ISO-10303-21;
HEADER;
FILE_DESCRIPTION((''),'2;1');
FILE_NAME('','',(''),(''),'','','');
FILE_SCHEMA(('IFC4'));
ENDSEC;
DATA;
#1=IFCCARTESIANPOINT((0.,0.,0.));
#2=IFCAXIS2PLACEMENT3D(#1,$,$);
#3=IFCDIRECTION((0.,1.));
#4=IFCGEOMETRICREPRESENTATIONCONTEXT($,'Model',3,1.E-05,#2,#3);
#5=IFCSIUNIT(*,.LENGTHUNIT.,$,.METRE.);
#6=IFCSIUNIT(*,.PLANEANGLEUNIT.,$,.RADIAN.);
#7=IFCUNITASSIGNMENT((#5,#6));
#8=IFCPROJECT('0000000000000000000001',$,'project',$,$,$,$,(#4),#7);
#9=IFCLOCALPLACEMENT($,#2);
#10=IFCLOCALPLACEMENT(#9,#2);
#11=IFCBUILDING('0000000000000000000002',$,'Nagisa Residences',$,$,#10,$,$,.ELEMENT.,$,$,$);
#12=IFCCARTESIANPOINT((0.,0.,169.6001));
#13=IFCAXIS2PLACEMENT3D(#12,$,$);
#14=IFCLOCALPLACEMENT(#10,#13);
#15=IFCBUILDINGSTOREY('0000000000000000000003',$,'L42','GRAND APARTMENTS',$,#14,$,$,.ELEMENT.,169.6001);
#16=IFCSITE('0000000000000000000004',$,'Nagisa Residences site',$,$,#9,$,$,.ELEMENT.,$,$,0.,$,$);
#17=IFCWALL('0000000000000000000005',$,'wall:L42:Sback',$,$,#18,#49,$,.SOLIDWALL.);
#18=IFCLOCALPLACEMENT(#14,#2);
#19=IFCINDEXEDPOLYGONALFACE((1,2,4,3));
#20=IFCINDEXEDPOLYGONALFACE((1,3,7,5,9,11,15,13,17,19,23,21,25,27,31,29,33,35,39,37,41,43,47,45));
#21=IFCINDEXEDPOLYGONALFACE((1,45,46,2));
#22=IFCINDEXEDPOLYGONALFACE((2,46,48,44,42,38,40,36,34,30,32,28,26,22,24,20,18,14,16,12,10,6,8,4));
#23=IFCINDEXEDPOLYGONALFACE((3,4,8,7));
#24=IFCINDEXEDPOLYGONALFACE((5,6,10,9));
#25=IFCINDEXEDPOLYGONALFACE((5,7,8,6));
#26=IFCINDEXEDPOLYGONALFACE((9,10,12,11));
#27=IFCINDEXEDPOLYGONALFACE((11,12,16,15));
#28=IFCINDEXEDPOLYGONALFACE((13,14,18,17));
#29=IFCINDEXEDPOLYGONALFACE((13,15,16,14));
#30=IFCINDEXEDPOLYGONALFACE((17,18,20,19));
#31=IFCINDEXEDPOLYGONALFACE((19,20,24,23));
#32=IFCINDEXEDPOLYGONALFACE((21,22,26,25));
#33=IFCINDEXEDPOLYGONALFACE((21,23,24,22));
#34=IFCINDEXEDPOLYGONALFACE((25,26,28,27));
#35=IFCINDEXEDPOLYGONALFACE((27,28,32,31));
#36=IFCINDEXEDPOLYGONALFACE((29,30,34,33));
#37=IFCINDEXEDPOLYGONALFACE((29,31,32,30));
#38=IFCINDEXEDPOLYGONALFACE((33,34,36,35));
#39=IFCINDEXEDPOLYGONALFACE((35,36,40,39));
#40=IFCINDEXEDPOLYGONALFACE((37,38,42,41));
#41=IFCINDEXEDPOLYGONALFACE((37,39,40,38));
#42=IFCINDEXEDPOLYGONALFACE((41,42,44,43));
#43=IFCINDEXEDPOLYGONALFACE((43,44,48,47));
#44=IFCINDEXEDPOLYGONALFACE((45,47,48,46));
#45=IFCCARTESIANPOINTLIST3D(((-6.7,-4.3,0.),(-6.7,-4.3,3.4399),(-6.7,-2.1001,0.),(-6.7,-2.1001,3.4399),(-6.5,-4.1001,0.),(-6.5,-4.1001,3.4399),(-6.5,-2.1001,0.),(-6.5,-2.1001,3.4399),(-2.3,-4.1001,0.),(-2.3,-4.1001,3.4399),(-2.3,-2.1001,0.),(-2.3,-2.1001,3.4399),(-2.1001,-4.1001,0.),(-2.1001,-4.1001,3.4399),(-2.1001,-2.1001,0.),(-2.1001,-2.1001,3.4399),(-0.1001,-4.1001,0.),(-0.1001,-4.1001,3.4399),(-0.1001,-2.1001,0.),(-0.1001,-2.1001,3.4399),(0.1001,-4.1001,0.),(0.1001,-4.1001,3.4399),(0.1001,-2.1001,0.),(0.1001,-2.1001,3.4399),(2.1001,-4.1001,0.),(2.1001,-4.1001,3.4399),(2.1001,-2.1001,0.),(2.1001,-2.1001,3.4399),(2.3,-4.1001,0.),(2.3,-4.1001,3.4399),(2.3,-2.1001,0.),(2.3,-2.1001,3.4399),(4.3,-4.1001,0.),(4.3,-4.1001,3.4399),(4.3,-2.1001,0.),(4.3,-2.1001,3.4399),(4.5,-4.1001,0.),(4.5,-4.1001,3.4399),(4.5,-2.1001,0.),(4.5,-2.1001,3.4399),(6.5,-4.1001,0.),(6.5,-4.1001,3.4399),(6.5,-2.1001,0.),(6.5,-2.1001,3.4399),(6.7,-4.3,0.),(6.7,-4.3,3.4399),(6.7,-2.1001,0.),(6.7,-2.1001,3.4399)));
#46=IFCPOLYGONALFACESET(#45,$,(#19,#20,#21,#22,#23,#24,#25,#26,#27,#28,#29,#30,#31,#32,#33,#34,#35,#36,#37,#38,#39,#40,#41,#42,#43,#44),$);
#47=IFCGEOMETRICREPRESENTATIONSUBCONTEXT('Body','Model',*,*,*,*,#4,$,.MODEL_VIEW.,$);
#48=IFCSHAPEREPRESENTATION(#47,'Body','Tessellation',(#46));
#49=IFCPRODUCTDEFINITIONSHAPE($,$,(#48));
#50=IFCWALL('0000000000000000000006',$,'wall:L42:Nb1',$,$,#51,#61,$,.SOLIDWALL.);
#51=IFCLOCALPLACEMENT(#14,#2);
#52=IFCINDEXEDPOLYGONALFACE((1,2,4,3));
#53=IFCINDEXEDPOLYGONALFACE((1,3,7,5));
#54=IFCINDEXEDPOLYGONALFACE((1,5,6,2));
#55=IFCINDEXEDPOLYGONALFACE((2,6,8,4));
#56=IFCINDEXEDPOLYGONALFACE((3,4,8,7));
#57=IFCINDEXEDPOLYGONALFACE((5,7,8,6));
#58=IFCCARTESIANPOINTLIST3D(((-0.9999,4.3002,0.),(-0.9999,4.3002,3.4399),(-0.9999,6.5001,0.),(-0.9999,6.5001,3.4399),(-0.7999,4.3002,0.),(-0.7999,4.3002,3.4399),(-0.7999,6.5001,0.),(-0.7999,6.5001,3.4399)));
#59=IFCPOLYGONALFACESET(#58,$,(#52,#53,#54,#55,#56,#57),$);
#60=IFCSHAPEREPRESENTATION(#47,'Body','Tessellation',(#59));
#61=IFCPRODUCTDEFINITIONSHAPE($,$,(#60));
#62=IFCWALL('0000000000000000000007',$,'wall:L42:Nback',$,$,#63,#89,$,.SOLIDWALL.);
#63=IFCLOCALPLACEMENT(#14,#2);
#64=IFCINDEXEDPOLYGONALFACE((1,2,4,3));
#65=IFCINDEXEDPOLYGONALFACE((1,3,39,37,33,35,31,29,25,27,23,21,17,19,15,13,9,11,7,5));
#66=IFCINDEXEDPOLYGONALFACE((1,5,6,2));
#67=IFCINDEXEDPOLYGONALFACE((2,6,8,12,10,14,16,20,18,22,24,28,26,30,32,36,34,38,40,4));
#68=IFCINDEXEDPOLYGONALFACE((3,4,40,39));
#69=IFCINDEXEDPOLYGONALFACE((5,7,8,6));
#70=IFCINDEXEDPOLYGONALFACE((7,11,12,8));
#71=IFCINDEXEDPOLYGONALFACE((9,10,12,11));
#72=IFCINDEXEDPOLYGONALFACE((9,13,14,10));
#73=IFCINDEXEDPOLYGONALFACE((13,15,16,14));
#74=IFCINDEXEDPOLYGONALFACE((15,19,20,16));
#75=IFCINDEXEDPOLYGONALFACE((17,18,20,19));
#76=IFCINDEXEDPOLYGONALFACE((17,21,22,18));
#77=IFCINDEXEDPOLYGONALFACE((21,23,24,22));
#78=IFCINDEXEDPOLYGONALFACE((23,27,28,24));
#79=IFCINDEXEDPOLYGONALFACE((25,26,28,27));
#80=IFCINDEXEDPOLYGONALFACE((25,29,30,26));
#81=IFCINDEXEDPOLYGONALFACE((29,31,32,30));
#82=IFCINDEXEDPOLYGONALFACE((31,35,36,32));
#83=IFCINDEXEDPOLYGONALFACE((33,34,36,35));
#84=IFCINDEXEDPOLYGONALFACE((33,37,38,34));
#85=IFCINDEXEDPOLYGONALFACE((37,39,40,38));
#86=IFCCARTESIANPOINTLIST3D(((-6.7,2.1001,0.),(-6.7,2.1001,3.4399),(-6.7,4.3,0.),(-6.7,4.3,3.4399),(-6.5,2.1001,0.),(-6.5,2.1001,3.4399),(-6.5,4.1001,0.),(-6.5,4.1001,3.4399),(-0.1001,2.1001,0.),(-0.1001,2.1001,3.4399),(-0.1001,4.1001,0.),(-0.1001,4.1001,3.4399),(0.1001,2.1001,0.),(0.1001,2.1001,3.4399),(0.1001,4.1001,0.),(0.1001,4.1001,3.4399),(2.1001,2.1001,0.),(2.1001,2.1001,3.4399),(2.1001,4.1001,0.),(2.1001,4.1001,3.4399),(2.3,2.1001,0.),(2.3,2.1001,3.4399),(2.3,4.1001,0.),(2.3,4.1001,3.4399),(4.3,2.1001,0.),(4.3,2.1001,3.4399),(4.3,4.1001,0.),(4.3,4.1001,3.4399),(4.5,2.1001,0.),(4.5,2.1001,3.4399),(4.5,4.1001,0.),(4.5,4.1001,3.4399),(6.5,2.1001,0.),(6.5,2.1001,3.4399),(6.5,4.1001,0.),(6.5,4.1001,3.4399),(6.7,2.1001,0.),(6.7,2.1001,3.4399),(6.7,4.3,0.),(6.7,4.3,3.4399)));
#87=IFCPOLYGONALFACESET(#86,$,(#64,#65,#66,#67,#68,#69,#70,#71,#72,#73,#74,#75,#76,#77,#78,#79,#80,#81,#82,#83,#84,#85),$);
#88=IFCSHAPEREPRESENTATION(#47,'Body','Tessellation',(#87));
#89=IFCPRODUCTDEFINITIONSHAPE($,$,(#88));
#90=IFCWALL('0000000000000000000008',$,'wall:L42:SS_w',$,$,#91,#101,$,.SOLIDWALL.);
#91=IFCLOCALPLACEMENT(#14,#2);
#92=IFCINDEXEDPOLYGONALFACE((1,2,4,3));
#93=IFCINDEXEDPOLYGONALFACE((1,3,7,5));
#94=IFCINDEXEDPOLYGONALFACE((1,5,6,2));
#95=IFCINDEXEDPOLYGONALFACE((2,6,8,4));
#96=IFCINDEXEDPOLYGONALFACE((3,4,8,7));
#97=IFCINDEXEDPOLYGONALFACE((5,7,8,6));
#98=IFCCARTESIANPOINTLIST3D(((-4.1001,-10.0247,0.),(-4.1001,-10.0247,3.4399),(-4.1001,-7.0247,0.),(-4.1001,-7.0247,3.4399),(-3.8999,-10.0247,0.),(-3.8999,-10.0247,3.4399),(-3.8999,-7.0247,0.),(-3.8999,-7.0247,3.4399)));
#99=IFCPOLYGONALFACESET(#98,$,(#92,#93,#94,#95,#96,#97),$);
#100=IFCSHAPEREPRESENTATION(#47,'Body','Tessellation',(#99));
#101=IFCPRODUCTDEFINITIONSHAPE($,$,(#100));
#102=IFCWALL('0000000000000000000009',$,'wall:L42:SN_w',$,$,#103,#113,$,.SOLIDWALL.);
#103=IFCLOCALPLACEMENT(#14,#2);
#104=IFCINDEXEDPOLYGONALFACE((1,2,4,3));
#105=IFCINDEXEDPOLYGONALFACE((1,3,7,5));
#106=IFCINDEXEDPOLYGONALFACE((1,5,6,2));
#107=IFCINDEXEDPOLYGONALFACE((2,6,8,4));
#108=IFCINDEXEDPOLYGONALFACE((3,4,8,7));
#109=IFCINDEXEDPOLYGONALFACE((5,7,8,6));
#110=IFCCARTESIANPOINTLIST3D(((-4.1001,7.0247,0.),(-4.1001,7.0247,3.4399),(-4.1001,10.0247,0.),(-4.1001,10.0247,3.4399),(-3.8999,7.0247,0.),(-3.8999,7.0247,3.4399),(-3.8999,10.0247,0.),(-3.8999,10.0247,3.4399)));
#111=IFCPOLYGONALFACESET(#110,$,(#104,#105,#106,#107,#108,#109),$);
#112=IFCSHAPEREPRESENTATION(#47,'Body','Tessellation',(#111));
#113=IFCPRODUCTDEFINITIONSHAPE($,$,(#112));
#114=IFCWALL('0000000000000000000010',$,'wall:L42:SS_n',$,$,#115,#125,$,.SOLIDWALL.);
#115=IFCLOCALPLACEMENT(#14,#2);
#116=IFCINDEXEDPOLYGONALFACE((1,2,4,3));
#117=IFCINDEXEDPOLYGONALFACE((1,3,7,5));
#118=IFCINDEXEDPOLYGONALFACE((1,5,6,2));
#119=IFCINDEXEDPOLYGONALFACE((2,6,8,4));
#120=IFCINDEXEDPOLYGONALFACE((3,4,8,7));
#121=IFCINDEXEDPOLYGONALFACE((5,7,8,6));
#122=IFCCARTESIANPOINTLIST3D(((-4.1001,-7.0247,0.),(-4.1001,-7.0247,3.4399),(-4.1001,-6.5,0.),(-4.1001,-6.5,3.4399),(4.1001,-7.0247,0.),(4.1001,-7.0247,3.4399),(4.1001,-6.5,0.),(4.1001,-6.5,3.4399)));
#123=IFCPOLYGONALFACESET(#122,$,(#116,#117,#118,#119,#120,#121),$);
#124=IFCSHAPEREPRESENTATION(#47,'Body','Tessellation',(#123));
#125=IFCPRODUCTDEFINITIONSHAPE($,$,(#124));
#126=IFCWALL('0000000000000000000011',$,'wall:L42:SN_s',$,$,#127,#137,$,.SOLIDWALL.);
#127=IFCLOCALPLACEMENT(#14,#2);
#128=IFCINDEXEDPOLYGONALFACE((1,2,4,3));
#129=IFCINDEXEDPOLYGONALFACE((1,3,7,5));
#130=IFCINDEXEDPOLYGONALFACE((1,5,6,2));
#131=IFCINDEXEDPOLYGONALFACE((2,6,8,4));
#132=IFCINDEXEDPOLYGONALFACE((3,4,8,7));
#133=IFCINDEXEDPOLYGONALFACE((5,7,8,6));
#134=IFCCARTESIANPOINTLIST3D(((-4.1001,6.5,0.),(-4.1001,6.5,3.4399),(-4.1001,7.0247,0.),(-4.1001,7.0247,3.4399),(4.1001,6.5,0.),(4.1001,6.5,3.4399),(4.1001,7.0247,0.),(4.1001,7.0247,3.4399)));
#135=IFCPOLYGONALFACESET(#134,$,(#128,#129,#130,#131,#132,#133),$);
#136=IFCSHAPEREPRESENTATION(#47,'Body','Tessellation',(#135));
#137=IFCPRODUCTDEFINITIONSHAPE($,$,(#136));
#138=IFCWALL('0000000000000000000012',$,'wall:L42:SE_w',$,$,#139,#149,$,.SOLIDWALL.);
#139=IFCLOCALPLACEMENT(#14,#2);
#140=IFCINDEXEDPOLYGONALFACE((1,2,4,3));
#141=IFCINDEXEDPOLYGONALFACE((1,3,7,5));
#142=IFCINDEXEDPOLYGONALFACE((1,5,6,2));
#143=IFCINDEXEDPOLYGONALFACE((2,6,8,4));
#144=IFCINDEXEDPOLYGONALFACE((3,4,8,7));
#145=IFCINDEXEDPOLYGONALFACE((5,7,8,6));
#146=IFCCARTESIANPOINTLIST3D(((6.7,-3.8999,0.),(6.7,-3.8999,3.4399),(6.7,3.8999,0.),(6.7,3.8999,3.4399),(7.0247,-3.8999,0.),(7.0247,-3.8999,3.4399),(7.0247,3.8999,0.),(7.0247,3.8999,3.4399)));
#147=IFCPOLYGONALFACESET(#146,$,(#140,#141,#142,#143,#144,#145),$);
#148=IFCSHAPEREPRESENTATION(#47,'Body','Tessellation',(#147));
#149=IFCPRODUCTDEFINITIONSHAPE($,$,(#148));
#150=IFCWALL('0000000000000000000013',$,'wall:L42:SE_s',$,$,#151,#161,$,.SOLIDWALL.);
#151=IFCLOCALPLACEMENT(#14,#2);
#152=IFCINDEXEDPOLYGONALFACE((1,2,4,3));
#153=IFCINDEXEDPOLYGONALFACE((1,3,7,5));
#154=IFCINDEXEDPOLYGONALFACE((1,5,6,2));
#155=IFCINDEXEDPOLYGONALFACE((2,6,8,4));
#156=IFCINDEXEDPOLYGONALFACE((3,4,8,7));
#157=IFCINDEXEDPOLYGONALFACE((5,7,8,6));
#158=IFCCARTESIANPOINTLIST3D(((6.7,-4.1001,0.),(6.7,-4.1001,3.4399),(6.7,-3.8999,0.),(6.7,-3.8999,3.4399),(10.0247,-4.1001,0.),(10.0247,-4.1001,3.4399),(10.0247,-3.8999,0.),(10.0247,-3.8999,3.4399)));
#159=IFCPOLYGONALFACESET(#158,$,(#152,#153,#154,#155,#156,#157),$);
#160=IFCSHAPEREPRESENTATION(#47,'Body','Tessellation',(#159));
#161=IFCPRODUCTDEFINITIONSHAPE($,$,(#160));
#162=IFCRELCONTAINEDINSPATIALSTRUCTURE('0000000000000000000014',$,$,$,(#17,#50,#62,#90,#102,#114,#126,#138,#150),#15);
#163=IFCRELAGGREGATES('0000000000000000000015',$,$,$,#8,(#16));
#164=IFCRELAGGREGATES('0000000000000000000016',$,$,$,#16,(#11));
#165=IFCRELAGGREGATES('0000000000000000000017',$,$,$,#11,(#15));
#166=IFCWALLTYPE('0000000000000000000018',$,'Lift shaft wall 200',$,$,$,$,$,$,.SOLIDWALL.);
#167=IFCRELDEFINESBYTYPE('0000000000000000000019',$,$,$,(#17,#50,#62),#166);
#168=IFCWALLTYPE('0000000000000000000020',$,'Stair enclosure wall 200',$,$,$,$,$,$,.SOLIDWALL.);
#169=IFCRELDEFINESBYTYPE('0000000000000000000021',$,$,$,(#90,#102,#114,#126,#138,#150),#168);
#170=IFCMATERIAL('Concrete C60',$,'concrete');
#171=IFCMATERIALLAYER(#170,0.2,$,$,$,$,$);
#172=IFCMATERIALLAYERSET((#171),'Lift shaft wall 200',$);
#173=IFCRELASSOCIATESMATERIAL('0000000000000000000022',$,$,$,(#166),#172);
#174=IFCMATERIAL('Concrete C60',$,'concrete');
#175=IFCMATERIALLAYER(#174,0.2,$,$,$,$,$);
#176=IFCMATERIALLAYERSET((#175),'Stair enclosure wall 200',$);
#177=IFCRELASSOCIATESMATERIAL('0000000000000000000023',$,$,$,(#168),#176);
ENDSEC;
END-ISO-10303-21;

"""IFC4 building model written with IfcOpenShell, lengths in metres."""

from ifc_helpers import new_model, si_unit, direction, frame, frame_2d, origin, place, context, subcontext, project, spatial, polyline, rectangle, outline, extrude, material, layer, layer_set, type_object, element, save


model = new_model("IFC4")

# Units and contexts
model_context = context("Model", 3, precision=1e-05, world=origin(), true_north=direction((0.0, 1.0)))
body_context = subcontext(model_context, "Body", "Model", "MODEL_VIEW")
ifc_project = project(units=[si_unit("LENGTHUNIT", "METRE"), si_unit("PLANEANGLEUNIT", "RADIAN")], contexts=[model_context])

# Site, building, storey
site_placement = place(None, origin())
site = spatial("IfcSite", under=ifc_project, at=site_placement, Name="Nagisa Residences site", CompositionType="ELEMENT", RefElevation=0.0)
building_placement = place(site_placement, origin())
building = spatial("IfcBuilding", under=site, at=building_placement, Name="Nagisa Residences", CompositionType="ELEMENT")
storey_placement = place(building_placement, frame((0.0, 0.0, 169.6001)))
storey = spatial("IfcBuildingStorey", under=building, at=storey_placement, Name="L42", Description="GRAND APARTMENTS", CompositionType="ELEMENT", Elevation=169.6001)

# Shared definitions
ifc_material_1 = material(Name="Concrete C60", Category="concrete")
ifc_layer_1 = layer(ifc_material_1, 0.2)
ifc_layer_set_1 = layer_set([ifc_layer_1], Name="Lift shaft wall 200")
wall_type_1 = type_object("IfcWallType", Name="Lift shaft wall 200", PredefinedType="SOLIDWALL", material=ifc_layer_set_1)

# Walls
wall_1_placement = place(storey_placement, origin())
element("IfcWall", 1, at=wall_1_placement, inside=storey, type_object=wall_type_1, Name="wall:L42:Sback", PredefinedType="SOLIDWALL", context=body_context, shape_type="SweptSolid", body=[
    extrude(outline(polyline([(-6.7, -2.1001), (-6.5, -2.1001), (-6.5, -4.1001), (-2.3, -4.1001), (-2.3, -2.1001), (-2.1001, -2.1001), (-2.1001, -4.1001), (-0.1001, -4.1001), (-0.1001, -2.1001), (0.1001, -2.1001), (0.1001, -4.1001), (2.1001, -4.1001), (2.1001, -2.1001), (2.3, -2.1001), (2.3, -4.1001), (4.3, -4.1001), (4.3, -2.1001), (4.5, -2.1001), (4.5, -4.1001), (6.5, -4.1001), (6.5, -2.1001), (6.7, -2.1001), (6.7, -4.3), (-6.7, -4.3), (-6.7, -2.1001)])), origin(), (0.0, 0.0, 1.0), 3.4399),
])
wall_2_placement = place(storey_placement, frame((-0.8999, 4.3, 0.0), z_axis=(0.0, 0.0, 1.0), x_axis=(0.0, 1.0, 0.0)))
element("IfcWall", 2, at=wall_2_placement, inside=storey, type_object=wall_type_1, Name="wall:L42:Nb1", PredefinedType="SOLIDWALL", context=body_context, shape_type="SweptSolid", body=[
    extrude(rectangle(XDim=2.2, YDim=0.2, at=frame_2d((1.1001, 0.0))), origin(), (0.0, 0.0, 1.0), 3.4399),
])
wall_3_placement = place(storey_placement, origin())
element("IfcWall", 3, at=wall_3_placement, inside=storey, type_object=wall_type_1, Name="wall:L42:Nback", PredefinedType="SOLIDWALL", context=body_context, shape_type="SweptSolid", body=[
    extrude(outline(polyline([(-6.7, 4.3), (6.7, 4.3), (6.7, 2.1001), (6.5, 2.1001), (6.5, 4.1001), (4.5, 4.1001), (4.5, 2.1001), (4.3, 2.1001), (4.3, 4.1001), (2.3, 4.1001), (2.3, 2.1001), (2.1001, 2.1001), (2.1001, 4.1001), (0.1001, 4.1001), (0.1001, 2.1001), (-0.1001, 2.1001), (-0.1001, 4.1001), (-6.5, 4.1001), (-6.5, 2.1001), (-6.7, 2.1001), (-6.7, 4.3)])), origin(), (0.0, 0.0, 1.0), 3.4399),
])
ifc_material_2 = material(Name="Concrete C60", Category="concrete")
ifc_layer_2 = layer(ifc_material_2, 0.2)
ifc_layer_set_2 = layer_set([ifc_layer_2], Name="Stair enclosure wall 200")
wall_type_2 = type_object("IfcWallType", Name="Stair enclosure wall 200", PredefinedType="SOLIDWALL", material=ifc_layer_set_2)
wall_4_placement = place(storey_placement, origin())
element("IfcWall", 4, at=wall_4_placement, inside=storey, type_object=wall_type_2, Name="wall:L42:SS_w", PredefinedType="SOLIDWALL", context=body_context, shape_type="SweptSolid", body=[
    extrude(outline(polyline([(-3.8999, -10.0247), (-4.1001, -10.0247), (-4.1001, -7.0247), (-3.8999, -7.0247), (-3.8999, -10.0247)])), origin(), (0.0, 0.0, 1.0), 3.4399),
])
wall_5_placement = place(storey_placement, origin())
element("IfcWall", 5, at=wall_5_placement, inside=storey, type_object=wall_type_2, Name="wall:L42:SN_w", PredefinedType="SOLIDWALL", context=body_context, shape_type="SweptSolid", body=[
    extrude(outline(polyline([(-3.8999, 7.0247), (-4.1001, 7.0247), (-4.1001, 10.0247), (-3.8999, 10.0247), (-3.8999, 7.0247)])), origin(), (0.0, 0.0, 1.0), 3.4399),
])
wall_6_placement = place(storey_placement, origin())
element("IfcWall", 6, at=wall_6_placement, inside=storey, type_object=wall_type_2, Name="wall:L42:SS_n", PredefinedType="SOLIDWALL", context=body_context, shape_type="SweptSolid", body=[
    extrude(outline(polyline([(4.1001, -7.0247), (-4.1001, -7.0247), (-4.1001, -6.5), (4.1001, -6.5), (4.1001, -7.0247)])), origin(), (0.0, 0.0, 1.0), 3.4399),
])
wall_7_placement = place(storey_placement, origin())
element("IfcWall", 7, at=wall_7_placement, inside=storey, type_object=wall_type_2, Name="wall:L42:SN_s", PredefinedType="SOLIDWALL", context=body_context, shape_type="SweptSolid", body=[
    extrude(outline(polyline([(4.1001, 6.5), (-4.1001, 6.5), (-4.1001, 7.0247), (4.1001, 7.0247), (4.1001, 6.5)])), origin(), (0.0, 0.0, 1.0), 3.4399),
])
wall_8_placement = place(storey_placement, origin())
element("IfcWall", 8, at=wall_8_placement, inside=storey, type_object=wall_type_2, Name="wall:L42:SE_w", PredefinedType="SOLIDWALL", context=body_context, shape_type="SweptSolid", body=[
    extrude(outline(polyline([(7.0247, -3.8999), (6.7, -3.8999), (6.7, 3.8999), (7.0247, 3.8999), (7.0247, -3.8999)])), origin(), (0.0, 0.0, 1.0), 3.4399),
])
wall_9_placement = place(storey_placement, origin())
element("IfcWall", 9, at=wall_9_placement, inside=storey, type_object=wall_type_2, Name="wall:L42:SE_s", PredefinedType="SOLIDWALL", context=body_context, shape_type="SweptSolid", body=[
    extrude(outline(polyline([(10.0247, -4.1001), (6.7, -4.1001), (6.7, -3.8999), (10.0247, -3.8999), (10.0247, -4.1001)])), origin(), (0.0, 0.0, 1.0), 3.4399),
])

save(model, "model.ifc")
